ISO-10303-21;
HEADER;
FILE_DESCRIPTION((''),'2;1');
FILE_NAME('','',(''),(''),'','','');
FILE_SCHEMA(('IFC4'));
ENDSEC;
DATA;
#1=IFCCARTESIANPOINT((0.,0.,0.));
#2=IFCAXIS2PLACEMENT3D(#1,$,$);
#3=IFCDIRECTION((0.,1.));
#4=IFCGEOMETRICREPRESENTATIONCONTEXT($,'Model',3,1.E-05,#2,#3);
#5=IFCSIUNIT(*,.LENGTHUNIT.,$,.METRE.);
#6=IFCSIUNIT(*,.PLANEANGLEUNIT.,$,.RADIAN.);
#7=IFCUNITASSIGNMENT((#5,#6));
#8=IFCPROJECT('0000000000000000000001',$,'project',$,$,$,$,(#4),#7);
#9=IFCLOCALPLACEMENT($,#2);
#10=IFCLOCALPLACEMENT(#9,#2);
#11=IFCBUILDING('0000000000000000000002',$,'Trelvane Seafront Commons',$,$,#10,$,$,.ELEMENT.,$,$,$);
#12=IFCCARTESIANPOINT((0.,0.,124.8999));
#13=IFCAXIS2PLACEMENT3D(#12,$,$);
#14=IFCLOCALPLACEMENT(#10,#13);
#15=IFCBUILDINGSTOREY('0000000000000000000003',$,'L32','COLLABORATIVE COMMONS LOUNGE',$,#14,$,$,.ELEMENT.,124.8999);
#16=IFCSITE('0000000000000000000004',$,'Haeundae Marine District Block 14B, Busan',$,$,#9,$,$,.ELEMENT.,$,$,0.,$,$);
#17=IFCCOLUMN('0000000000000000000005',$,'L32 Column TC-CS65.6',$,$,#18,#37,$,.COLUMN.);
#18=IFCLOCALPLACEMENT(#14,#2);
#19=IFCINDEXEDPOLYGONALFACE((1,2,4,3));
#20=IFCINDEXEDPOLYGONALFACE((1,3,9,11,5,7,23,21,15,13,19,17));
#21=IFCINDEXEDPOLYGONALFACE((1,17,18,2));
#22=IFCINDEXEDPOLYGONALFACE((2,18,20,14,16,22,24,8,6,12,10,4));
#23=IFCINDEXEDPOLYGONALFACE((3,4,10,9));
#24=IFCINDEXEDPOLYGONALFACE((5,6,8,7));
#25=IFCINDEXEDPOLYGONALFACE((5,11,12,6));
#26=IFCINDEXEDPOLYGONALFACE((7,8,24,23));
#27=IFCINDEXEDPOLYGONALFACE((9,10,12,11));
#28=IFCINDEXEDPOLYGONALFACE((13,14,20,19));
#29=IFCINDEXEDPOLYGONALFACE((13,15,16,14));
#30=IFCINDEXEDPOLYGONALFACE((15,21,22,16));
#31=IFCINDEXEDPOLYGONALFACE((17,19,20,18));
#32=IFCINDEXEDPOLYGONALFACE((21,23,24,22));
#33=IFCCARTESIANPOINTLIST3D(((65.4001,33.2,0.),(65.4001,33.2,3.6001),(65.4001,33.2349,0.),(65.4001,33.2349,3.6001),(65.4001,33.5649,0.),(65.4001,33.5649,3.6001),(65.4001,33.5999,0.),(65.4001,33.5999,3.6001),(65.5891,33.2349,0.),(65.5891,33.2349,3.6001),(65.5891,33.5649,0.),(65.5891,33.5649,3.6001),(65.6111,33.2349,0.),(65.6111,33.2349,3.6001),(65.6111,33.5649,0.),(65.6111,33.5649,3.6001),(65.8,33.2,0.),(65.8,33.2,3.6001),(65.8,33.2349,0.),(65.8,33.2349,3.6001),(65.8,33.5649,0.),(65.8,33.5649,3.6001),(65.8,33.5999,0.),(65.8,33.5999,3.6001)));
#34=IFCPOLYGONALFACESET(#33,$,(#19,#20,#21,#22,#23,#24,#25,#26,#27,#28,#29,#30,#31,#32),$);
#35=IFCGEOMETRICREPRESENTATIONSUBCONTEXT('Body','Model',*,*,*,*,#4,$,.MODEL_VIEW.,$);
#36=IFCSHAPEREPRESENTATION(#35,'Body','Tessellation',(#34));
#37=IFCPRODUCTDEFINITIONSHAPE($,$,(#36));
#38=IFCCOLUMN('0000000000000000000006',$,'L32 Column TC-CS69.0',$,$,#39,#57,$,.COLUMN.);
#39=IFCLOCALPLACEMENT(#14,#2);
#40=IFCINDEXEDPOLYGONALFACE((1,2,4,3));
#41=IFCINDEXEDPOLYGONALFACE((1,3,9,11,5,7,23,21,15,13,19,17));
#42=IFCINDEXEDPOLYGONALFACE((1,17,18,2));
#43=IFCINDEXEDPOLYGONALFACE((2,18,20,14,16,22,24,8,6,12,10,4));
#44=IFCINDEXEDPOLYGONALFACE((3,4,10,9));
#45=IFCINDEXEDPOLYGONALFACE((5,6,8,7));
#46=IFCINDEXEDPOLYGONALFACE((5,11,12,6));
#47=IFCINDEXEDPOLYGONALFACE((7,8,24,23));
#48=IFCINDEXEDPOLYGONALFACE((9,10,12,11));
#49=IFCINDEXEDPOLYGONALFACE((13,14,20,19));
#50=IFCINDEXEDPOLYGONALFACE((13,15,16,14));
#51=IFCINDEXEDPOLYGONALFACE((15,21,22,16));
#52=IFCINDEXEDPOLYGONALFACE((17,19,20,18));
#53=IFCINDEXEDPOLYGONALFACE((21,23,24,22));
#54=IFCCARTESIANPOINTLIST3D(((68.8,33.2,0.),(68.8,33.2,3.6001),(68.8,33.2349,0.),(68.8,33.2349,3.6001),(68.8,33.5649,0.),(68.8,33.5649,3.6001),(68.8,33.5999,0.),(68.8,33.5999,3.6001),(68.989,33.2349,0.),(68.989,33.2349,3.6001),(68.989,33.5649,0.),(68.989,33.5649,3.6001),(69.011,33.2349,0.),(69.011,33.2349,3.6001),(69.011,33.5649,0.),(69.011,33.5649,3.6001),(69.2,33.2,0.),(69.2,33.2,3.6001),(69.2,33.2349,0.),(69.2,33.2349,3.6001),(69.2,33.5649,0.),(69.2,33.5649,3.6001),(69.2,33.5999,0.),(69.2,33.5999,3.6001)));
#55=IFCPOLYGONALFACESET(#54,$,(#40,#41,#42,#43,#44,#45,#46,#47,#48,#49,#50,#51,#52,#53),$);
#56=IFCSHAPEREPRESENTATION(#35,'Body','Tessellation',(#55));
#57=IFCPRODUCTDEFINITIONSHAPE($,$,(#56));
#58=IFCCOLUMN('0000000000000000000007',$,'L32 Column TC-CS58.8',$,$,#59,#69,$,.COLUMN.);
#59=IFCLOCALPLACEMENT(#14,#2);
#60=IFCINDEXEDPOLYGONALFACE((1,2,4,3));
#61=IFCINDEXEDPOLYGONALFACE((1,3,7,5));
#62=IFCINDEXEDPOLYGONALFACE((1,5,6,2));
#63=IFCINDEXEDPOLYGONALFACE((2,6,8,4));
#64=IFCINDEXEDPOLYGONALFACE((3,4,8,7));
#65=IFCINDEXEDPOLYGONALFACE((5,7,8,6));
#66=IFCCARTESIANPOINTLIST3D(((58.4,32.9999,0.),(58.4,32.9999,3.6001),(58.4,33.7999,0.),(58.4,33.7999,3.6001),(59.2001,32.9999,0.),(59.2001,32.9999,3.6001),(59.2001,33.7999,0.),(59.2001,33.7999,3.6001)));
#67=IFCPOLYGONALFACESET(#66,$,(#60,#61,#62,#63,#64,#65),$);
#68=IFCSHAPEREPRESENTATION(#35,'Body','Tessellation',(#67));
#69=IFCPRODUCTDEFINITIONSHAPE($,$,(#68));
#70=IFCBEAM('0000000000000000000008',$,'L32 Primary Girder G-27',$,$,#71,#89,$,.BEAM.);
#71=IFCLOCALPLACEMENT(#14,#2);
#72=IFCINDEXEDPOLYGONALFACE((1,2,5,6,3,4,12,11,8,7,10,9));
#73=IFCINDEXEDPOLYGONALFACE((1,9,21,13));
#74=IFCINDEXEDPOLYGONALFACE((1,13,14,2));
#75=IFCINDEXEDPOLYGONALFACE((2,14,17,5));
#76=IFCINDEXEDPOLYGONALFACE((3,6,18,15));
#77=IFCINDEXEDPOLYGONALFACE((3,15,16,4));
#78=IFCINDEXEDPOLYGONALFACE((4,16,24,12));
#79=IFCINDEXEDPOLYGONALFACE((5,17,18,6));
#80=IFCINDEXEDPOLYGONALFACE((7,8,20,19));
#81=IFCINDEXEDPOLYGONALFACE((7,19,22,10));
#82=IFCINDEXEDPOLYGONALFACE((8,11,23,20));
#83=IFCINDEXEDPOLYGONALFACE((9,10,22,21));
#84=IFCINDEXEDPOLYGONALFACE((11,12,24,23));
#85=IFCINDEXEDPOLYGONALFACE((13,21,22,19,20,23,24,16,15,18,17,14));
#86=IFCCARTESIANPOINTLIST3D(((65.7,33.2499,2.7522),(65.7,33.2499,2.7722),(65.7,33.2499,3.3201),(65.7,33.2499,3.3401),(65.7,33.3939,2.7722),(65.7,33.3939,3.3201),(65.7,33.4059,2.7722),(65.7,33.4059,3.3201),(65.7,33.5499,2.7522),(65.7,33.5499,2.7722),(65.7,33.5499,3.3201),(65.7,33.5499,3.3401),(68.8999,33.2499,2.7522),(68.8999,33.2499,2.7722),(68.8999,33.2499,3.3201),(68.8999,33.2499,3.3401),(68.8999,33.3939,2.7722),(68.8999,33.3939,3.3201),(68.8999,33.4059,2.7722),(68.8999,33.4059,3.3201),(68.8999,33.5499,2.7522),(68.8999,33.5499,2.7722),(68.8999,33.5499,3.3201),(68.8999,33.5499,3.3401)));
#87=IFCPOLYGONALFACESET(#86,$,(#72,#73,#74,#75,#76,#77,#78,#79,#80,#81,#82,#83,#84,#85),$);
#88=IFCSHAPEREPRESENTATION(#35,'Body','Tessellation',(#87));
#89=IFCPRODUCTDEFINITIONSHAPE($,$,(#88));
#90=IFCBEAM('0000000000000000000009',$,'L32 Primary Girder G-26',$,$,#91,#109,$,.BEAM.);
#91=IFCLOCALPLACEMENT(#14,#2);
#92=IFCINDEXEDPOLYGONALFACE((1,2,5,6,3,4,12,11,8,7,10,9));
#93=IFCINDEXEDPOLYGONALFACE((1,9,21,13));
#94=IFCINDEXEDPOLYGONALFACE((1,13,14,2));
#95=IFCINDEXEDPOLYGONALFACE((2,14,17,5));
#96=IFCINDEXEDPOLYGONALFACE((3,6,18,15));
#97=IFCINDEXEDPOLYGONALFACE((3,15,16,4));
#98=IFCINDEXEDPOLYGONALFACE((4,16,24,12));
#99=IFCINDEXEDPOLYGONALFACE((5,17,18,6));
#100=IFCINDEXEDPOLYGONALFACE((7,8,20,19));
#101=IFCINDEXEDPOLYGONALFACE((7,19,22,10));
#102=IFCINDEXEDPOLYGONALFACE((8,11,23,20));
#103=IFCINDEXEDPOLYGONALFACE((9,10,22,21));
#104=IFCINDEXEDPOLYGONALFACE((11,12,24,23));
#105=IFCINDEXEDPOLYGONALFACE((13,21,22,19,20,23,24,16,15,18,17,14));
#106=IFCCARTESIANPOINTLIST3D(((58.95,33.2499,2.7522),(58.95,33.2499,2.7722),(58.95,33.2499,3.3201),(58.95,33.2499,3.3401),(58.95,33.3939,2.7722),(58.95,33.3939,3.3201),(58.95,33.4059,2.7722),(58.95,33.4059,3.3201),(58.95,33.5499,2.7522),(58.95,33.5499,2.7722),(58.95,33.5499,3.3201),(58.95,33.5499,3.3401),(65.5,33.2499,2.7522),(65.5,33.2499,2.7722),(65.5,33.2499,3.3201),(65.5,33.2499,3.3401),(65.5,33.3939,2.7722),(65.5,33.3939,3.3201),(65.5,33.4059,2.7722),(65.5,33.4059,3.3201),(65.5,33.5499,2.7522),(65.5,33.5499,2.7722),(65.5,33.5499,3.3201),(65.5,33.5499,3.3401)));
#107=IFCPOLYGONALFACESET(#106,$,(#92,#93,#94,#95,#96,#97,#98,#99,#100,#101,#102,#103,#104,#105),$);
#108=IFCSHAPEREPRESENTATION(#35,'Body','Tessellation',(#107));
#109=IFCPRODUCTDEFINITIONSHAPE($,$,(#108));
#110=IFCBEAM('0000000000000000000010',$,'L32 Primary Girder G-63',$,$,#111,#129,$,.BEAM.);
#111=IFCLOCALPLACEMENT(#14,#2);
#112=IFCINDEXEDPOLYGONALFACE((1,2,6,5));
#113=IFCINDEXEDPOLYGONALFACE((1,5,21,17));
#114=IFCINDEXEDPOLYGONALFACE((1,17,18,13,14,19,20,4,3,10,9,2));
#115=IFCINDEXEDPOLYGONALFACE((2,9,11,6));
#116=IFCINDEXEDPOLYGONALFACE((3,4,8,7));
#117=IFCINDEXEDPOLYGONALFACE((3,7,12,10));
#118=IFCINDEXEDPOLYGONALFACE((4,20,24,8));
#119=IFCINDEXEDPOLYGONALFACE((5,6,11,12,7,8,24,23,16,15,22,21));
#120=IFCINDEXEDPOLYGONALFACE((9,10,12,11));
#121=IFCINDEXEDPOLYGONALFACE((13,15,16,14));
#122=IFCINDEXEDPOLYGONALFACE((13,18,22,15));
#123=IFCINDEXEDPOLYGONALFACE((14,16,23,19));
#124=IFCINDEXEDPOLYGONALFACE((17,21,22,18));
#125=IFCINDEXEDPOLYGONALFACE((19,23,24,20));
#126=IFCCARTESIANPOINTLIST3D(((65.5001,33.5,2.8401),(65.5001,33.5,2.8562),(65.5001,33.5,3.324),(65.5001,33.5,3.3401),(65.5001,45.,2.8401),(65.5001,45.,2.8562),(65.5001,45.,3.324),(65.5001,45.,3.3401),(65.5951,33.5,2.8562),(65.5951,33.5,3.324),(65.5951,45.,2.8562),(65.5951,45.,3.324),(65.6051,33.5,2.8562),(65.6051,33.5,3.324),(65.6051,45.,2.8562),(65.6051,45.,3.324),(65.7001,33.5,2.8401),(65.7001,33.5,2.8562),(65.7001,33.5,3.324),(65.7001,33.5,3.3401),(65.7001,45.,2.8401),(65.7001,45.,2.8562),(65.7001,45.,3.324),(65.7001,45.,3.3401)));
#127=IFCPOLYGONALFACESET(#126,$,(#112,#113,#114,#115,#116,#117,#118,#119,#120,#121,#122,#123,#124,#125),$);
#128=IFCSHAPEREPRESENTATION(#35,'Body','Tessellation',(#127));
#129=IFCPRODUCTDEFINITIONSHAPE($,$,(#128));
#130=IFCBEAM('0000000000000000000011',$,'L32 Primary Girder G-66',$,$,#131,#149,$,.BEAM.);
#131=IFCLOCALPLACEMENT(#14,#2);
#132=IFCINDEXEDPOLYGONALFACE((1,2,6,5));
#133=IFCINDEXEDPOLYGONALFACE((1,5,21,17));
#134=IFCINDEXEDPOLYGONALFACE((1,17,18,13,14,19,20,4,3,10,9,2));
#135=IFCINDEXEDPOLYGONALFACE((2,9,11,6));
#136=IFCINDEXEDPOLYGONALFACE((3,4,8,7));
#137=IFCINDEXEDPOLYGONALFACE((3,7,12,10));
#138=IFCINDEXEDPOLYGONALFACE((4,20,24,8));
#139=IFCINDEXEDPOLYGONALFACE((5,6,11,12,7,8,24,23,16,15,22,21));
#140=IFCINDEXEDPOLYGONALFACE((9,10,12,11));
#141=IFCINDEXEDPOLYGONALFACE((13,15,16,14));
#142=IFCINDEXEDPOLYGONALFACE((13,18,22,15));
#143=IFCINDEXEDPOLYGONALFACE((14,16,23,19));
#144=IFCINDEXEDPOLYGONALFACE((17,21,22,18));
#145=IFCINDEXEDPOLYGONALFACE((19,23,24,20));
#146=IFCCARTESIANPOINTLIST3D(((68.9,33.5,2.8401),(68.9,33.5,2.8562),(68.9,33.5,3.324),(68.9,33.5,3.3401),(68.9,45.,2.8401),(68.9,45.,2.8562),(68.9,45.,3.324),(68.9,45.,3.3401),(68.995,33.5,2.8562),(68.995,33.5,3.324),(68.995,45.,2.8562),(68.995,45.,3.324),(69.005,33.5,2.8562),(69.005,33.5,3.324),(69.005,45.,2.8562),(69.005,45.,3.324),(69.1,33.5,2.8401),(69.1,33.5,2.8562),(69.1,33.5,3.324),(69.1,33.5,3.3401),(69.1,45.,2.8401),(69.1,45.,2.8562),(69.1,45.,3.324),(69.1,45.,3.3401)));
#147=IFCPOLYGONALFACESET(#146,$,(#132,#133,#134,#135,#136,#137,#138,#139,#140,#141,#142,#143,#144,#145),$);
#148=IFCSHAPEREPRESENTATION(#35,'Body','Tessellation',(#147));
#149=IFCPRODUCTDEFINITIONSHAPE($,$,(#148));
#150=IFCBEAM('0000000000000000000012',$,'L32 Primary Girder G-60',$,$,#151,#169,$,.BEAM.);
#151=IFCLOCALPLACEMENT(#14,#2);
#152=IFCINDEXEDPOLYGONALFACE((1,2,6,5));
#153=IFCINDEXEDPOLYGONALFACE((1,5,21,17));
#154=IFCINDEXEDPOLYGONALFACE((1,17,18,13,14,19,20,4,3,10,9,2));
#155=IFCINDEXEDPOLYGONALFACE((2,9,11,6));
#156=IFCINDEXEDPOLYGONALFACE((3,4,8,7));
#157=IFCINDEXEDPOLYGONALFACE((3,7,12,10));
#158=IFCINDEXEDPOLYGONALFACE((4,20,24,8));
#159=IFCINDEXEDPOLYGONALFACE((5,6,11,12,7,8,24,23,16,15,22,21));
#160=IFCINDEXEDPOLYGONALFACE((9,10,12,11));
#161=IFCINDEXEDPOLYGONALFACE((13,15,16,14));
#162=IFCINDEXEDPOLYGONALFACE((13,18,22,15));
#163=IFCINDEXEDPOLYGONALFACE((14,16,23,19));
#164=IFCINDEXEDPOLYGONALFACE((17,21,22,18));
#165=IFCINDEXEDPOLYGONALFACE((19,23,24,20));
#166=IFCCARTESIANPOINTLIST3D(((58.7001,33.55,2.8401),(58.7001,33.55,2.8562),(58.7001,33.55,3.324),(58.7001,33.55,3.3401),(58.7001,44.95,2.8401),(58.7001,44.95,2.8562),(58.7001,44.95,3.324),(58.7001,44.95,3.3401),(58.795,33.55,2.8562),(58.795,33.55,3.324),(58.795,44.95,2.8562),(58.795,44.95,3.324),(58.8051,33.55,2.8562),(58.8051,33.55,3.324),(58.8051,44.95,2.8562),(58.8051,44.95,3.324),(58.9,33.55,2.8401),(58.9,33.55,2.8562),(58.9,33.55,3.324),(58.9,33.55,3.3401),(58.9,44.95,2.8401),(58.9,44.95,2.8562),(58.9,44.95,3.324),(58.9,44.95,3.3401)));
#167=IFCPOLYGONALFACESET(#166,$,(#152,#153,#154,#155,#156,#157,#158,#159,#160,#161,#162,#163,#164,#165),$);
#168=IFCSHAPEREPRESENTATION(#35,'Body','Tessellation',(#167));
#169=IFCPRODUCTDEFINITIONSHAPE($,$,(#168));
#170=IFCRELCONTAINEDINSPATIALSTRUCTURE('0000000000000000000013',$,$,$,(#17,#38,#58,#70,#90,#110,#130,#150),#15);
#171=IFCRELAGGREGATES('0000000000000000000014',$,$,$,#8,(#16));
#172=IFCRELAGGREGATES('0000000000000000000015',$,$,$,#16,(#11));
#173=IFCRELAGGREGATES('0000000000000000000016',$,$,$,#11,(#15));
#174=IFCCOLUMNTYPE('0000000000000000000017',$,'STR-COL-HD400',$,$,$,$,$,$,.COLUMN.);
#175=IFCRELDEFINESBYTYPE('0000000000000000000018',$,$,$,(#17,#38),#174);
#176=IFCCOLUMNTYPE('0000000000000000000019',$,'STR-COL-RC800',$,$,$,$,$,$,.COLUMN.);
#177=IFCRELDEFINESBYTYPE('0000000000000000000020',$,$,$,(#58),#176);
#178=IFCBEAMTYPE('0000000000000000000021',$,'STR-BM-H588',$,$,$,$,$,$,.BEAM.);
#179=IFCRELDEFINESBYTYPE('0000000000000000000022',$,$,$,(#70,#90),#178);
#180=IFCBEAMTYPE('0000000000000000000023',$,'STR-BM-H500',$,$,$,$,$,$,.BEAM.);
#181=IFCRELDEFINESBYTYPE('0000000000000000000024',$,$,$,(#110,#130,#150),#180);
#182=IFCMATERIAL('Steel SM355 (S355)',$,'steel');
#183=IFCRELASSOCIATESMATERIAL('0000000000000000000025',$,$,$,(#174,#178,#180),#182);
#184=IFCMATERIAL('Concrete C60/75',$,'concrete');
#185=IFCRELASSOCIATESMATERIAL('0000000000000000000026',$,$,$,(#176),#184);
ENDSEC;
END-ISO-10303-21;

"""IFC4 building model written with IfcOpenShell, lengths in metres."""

from ifc_helpers import new_model, si_unit, direction, frame, origin, origin_2d, place, context, subcontext, project, spatial, rectangle, i_section, extrude, source, transform, mapped, material, material_profile, profile_set, type_object, element, save


model = new_model("IFC4")

# Units and contexts
model_context = context("Model", 3, precision=1e-05, world=origin(), true_north=direction((0.0, 1.0)))
body_context = subcontext(model_context, "Body", "Model", "MODEL_VIEW")
ifc_project = project(units=[si_unit("LENGTHUNIT", "METRE"), si_unit("PLANEANGLEUNIT", "RADIAN")], contexts=[model_context])

# Site, building, storey
site_placement = place(None, origin())
site = spatial("IfcSite", under=ifc_project, at=site_placement, Name="Haeundae Marine District Block 14B, Busan", CompositionType="ELEMENT", RefElevation=0.0)
building_placement = place(site_placement, origin())
building = spatial("IfcBuilding", under=site, at=building_placement, Name="Trelvane Seafront Commons", CompositionType="ELEMENT")
storey_placement = place(building_placement, frame((0.0, 0.0, 124.8999)))
storey = spatial("IfcBuildingStorey", under=building, at=storey_placement, Name="L32", Description="COLLABORATIVE COMMONS LOUNGE", CompositionType="ELEMENT", Elevation=124.8999)

# Columns
ifc_material_1 = material(Name="Steel SM355 (S355)", Category="steel")
ifc_material_profile_1 = material_profile(ifc_material_1, i_section(OverallWidth=0.3999, OverallDepth=0.3999, WebThickness=0.022, FlangeThickness=0.0349, at=origin_2d()), Name="HD-400x400x22x35")
ifc_profile_set_1 = profile_set([ifc_material_profile_1], Name="Steel SM355 (S355)")
column_type_1 = type_object("IfcColumnType", Name="STR-COL-HD400", PredefinedType="COLUMN", material=ifc_profile_set_1)
shared_shape_1 = source(origin(), body_context, "Body", "SweptSolid", [
    extrude(i_section(OverallWidth=0.3999, OverallDepth=0.3999, WebThickness=0.022, FlangeThickness=0.0349, at=origin_2d()), origin(), (0.0, 0.0, 1.0), 3.6001),
])
for number, where, z_axis, x_axis, name in (
    (1, (65.6001, 33.3999, 0.0), (0.0, 0.0, 1.0), (1.0, 0.0, 0.0), "L32 Column TC-CS65.6"),
    (2, (69.0, 33.3999, 0.0), (0.0, 0.0, 1.0), (1.0, 0.0, 0.0), "L32 Column TC-CS69.0"),
):
    element("IfcColumn", number, at=place(storey_placement, frame(where, z_axis=z_axis, x_axis=x_axis)), inside=storey, type_object=column_type_1, Name=name, PredefinedType="COLUMN", context=body_context, shape_type="MappedRepresentation", body=[
        mapped(shared_shape_1, transform((0.0, 0.0, 0.0), x_axis=(1.0, 0.0, 0.0), y_axis=(0.0, 1.0, 0.0), z_axis=(0.0, 0.0, 1.0), scale=1.0)),
    ])
ifc_material_2 = material(Name="Concrete C60/75", Category="concrete")
ifc_material_profile_2 = material_profile(ifc_material_2, rectangle(XDim=0.8, YDim=0.8, at=origin_2d()), Name="RC-800x800")
ifc_profile_set_2 = profile_set([ifc_material_profile_2], Name="Concrete C60/75")
column_type_2 = type_object("IfcColumnType", Name="STR-COL-RC800", PredefinedType="COLUMN", material=ifc_profile_set_2)
shared_shape_2 = source(origin(), body_context, "Body", "SweptSolid", [
    extrude(rectangle(XDim=0.8, YDim=0.8, at=origin_2d()), origin(), (0.0, 0.0, 1.0), 3.6001),
])
column_placement = place(storey_placement, frame((58.8, 33.3999, 0.0), z_axis=(0.0, 0.0, 1.0), x_axis=(1.0, 0.0, 0.0)))
element("IfcColumn", 3, at=column_placement, inside=storey, type_object=column_type_2, Name="L32 Column TC-CS58.8", PredefinedType="COLUMN", context=body_context, shape_type="MappedRepresentation", body=[
    mapped(shared_shape_2, transform((0.0, 0.0, 0.0), x_axis=(1.0, 0.0, 0.0), y_axis=(0.0, 1.0, 0.0), z_axis=(0.0, 0.0, 1.0), scale=1.0)),
])

# Beams
ifc_material_profile_3 = material_profile(ifc_material_1, i_section(OverallWidth=0.3, OverallDepth=0.5879, WebThickness=0.012, FlangeThickness=0.02, at=origin_2d()), Name="H-588x300x12x20")
ifc_profile_set_3 = profile_set([ifc_material_profile_3], Name="Steel SM355 (S355)")
beam_type_1 = type_object("IfcBeamType", Name="STR-BM-H588", PredefinedType="BEAM", material=ifc_profile_set_3)
shared_shape_3 = source(origin(), body_context, "Body", "SweptSolid", [
    extrude(i_section(OverallWidth=0.3, OverallDepth=0.5879, WebThickness=0.012, FlangeThickness=0.02, at=origin_2d()), origin(), (0.0, 0.0, 1.0), 3.2),
])
beam_1_placement = place(storey_placement, frame((65.7, 33.3999, 3.0461), z_axis=(1.0, 0.0, 0.0), x_axis=(0.0, 1.0, 0.0)))
element("IfcBeam", 4, at=beam_1_placement, inside=storey, type_object=beam_type_1, Name="L32 Primary Girder G-27", PredefinedType="BEAM", context=body_context, shape_type="MappedRepresentation", body=[
    mapped(shared_shape_3, transform((0.0, 0.0, 0.0), x_axis=(1.0, 0.0, 0.0), y_axis=(0.0, 1.0, 0.0), z_axis=(0.0, 0.0, 1.0), scale=1.0)),
])
shared_shape_4 = source(origin(), body_context, "Body", "SweptSolid", [
    extrude(i_section(OverallWidth=0.3, OverallDepth=0.5879, WebThickness=0.012, FlangeThickness=0.02, at=origin_2d()), origin(), (0.0, 0.0, 1.0), 6.55),
])
beam_2_placement = place(storey_placement, frame((58.95, 33.3999, 3.0461), z_axis=(1.0, 0.0, 0.0), x_axis=(0.0, 1.0, 0.0)))
element("IfcBeam", 5, at=beam_2_placement, inside=storey, type_object=beam_type_1, Name="L32 Primary Girder G-26", PredefinedType="BEAM", context=body_context, shape_type="MappedRepresentation", body=[
    mapped(shared_shape_4, transform((0.0, 0.0, 0.0), x_axis=(1.0, 0.0, 0.0), y_axis=(0.0, 1.0, 0.0), z_axis=(0.0, 0.0, 1.0), scale=1.0)),
])
ifc_material_profile_4 = material_profile(ifc_material_1, i_section(OverallWidth=0.2, OverallDepth=0.5, WebThickness=0.01, FlangeThickness=0.0161, at=origin_2d()), Name="H-500x200x10x16")
ifc_profile_set_4 = profile_set([ifc_material_profile_4], Name="Steel SM355 (S355)")
beam_type_2 = type_object("IfcBeamType", Name="STR-BM-H500", PredefinedType="BEAM", material=ifc_profile_set_4)
shared_shape_5 = source(origin(), body_context, "Body", "SweptSolid", [
    extrude(i_section(OverallWidth=0.2, OverallDepth=0.5, WebThickness=0.01, FlangeThickness=0.0161, at=origin_2d()), origin(), (0.0, 0.0, 1.0), 11.5),
])
for number, where, z_axis, x_axis, name in (
    (6, (65.6001, 33.5, 3.0901), (0.0, 1.0, 0.0), (-1.0, 0.0, 0.0), "L32 Primary Girder G-63"),
    (7, (69.0, 33.5, 3.0901), (0.0, 1.0, 0.0), (-1.0, 0.0, 0.0), "L32 Primary Girder G-66"),
):
    element("IfcBeam", number, at=place(storey_placement, frame(where, z_axis=z_axis, x_axis=x_axis)), inside=storey, type_object=beam_type_2, Name=name, PredefinedType="BEAM", context=body_context, shape_type="MappedRepresentation", body=[
        mapped(shared_shape_5, transform((0.0, 0.0, 0.0), x_axis=(1.0, 0.0, 0.0), y_axis=(0.0, 1.0, 0.0), z_axis=(0.0, 0.0, 1.0), scale=1.0)),
    ])
shared_shape_6 = source(origin(), body_context, "Body", "SweptSolid", [
    extrude(i_section(OverallWidth=0.2, OverallDepth=0.5, WebThickness=0.01, FlangeThickness=0.0161, at=origin_2d()), origin(), (0.0, 0.0, 1.0), 11.3999),
])
beam_3_placement = place(storey_placement, frame((58.8, 33.55, 3.0901), z_axis=(0.0, 1.0, 0.0), x_axis=(-1.0, 0.0, 0.0)))
element("IfcBeam", 8, at=beam_3_placement, inside=storey, type_object=beam_type_2, Name="L32 Primary Girder G-60", PredefinedType="BEAM", context=body_context, shape_type="MappedRepresentation", body=[
    mapped(shared_shape_6, transform((0.0, 0.0, 0.0), x_axis=(1.0, 0.0, 0.0), y_axis=(0.0, 1.0, 0.0), z_axis=(0.0, 0.0, 1.0), scale=1.0)),
])

save(model, "model.ifc")
